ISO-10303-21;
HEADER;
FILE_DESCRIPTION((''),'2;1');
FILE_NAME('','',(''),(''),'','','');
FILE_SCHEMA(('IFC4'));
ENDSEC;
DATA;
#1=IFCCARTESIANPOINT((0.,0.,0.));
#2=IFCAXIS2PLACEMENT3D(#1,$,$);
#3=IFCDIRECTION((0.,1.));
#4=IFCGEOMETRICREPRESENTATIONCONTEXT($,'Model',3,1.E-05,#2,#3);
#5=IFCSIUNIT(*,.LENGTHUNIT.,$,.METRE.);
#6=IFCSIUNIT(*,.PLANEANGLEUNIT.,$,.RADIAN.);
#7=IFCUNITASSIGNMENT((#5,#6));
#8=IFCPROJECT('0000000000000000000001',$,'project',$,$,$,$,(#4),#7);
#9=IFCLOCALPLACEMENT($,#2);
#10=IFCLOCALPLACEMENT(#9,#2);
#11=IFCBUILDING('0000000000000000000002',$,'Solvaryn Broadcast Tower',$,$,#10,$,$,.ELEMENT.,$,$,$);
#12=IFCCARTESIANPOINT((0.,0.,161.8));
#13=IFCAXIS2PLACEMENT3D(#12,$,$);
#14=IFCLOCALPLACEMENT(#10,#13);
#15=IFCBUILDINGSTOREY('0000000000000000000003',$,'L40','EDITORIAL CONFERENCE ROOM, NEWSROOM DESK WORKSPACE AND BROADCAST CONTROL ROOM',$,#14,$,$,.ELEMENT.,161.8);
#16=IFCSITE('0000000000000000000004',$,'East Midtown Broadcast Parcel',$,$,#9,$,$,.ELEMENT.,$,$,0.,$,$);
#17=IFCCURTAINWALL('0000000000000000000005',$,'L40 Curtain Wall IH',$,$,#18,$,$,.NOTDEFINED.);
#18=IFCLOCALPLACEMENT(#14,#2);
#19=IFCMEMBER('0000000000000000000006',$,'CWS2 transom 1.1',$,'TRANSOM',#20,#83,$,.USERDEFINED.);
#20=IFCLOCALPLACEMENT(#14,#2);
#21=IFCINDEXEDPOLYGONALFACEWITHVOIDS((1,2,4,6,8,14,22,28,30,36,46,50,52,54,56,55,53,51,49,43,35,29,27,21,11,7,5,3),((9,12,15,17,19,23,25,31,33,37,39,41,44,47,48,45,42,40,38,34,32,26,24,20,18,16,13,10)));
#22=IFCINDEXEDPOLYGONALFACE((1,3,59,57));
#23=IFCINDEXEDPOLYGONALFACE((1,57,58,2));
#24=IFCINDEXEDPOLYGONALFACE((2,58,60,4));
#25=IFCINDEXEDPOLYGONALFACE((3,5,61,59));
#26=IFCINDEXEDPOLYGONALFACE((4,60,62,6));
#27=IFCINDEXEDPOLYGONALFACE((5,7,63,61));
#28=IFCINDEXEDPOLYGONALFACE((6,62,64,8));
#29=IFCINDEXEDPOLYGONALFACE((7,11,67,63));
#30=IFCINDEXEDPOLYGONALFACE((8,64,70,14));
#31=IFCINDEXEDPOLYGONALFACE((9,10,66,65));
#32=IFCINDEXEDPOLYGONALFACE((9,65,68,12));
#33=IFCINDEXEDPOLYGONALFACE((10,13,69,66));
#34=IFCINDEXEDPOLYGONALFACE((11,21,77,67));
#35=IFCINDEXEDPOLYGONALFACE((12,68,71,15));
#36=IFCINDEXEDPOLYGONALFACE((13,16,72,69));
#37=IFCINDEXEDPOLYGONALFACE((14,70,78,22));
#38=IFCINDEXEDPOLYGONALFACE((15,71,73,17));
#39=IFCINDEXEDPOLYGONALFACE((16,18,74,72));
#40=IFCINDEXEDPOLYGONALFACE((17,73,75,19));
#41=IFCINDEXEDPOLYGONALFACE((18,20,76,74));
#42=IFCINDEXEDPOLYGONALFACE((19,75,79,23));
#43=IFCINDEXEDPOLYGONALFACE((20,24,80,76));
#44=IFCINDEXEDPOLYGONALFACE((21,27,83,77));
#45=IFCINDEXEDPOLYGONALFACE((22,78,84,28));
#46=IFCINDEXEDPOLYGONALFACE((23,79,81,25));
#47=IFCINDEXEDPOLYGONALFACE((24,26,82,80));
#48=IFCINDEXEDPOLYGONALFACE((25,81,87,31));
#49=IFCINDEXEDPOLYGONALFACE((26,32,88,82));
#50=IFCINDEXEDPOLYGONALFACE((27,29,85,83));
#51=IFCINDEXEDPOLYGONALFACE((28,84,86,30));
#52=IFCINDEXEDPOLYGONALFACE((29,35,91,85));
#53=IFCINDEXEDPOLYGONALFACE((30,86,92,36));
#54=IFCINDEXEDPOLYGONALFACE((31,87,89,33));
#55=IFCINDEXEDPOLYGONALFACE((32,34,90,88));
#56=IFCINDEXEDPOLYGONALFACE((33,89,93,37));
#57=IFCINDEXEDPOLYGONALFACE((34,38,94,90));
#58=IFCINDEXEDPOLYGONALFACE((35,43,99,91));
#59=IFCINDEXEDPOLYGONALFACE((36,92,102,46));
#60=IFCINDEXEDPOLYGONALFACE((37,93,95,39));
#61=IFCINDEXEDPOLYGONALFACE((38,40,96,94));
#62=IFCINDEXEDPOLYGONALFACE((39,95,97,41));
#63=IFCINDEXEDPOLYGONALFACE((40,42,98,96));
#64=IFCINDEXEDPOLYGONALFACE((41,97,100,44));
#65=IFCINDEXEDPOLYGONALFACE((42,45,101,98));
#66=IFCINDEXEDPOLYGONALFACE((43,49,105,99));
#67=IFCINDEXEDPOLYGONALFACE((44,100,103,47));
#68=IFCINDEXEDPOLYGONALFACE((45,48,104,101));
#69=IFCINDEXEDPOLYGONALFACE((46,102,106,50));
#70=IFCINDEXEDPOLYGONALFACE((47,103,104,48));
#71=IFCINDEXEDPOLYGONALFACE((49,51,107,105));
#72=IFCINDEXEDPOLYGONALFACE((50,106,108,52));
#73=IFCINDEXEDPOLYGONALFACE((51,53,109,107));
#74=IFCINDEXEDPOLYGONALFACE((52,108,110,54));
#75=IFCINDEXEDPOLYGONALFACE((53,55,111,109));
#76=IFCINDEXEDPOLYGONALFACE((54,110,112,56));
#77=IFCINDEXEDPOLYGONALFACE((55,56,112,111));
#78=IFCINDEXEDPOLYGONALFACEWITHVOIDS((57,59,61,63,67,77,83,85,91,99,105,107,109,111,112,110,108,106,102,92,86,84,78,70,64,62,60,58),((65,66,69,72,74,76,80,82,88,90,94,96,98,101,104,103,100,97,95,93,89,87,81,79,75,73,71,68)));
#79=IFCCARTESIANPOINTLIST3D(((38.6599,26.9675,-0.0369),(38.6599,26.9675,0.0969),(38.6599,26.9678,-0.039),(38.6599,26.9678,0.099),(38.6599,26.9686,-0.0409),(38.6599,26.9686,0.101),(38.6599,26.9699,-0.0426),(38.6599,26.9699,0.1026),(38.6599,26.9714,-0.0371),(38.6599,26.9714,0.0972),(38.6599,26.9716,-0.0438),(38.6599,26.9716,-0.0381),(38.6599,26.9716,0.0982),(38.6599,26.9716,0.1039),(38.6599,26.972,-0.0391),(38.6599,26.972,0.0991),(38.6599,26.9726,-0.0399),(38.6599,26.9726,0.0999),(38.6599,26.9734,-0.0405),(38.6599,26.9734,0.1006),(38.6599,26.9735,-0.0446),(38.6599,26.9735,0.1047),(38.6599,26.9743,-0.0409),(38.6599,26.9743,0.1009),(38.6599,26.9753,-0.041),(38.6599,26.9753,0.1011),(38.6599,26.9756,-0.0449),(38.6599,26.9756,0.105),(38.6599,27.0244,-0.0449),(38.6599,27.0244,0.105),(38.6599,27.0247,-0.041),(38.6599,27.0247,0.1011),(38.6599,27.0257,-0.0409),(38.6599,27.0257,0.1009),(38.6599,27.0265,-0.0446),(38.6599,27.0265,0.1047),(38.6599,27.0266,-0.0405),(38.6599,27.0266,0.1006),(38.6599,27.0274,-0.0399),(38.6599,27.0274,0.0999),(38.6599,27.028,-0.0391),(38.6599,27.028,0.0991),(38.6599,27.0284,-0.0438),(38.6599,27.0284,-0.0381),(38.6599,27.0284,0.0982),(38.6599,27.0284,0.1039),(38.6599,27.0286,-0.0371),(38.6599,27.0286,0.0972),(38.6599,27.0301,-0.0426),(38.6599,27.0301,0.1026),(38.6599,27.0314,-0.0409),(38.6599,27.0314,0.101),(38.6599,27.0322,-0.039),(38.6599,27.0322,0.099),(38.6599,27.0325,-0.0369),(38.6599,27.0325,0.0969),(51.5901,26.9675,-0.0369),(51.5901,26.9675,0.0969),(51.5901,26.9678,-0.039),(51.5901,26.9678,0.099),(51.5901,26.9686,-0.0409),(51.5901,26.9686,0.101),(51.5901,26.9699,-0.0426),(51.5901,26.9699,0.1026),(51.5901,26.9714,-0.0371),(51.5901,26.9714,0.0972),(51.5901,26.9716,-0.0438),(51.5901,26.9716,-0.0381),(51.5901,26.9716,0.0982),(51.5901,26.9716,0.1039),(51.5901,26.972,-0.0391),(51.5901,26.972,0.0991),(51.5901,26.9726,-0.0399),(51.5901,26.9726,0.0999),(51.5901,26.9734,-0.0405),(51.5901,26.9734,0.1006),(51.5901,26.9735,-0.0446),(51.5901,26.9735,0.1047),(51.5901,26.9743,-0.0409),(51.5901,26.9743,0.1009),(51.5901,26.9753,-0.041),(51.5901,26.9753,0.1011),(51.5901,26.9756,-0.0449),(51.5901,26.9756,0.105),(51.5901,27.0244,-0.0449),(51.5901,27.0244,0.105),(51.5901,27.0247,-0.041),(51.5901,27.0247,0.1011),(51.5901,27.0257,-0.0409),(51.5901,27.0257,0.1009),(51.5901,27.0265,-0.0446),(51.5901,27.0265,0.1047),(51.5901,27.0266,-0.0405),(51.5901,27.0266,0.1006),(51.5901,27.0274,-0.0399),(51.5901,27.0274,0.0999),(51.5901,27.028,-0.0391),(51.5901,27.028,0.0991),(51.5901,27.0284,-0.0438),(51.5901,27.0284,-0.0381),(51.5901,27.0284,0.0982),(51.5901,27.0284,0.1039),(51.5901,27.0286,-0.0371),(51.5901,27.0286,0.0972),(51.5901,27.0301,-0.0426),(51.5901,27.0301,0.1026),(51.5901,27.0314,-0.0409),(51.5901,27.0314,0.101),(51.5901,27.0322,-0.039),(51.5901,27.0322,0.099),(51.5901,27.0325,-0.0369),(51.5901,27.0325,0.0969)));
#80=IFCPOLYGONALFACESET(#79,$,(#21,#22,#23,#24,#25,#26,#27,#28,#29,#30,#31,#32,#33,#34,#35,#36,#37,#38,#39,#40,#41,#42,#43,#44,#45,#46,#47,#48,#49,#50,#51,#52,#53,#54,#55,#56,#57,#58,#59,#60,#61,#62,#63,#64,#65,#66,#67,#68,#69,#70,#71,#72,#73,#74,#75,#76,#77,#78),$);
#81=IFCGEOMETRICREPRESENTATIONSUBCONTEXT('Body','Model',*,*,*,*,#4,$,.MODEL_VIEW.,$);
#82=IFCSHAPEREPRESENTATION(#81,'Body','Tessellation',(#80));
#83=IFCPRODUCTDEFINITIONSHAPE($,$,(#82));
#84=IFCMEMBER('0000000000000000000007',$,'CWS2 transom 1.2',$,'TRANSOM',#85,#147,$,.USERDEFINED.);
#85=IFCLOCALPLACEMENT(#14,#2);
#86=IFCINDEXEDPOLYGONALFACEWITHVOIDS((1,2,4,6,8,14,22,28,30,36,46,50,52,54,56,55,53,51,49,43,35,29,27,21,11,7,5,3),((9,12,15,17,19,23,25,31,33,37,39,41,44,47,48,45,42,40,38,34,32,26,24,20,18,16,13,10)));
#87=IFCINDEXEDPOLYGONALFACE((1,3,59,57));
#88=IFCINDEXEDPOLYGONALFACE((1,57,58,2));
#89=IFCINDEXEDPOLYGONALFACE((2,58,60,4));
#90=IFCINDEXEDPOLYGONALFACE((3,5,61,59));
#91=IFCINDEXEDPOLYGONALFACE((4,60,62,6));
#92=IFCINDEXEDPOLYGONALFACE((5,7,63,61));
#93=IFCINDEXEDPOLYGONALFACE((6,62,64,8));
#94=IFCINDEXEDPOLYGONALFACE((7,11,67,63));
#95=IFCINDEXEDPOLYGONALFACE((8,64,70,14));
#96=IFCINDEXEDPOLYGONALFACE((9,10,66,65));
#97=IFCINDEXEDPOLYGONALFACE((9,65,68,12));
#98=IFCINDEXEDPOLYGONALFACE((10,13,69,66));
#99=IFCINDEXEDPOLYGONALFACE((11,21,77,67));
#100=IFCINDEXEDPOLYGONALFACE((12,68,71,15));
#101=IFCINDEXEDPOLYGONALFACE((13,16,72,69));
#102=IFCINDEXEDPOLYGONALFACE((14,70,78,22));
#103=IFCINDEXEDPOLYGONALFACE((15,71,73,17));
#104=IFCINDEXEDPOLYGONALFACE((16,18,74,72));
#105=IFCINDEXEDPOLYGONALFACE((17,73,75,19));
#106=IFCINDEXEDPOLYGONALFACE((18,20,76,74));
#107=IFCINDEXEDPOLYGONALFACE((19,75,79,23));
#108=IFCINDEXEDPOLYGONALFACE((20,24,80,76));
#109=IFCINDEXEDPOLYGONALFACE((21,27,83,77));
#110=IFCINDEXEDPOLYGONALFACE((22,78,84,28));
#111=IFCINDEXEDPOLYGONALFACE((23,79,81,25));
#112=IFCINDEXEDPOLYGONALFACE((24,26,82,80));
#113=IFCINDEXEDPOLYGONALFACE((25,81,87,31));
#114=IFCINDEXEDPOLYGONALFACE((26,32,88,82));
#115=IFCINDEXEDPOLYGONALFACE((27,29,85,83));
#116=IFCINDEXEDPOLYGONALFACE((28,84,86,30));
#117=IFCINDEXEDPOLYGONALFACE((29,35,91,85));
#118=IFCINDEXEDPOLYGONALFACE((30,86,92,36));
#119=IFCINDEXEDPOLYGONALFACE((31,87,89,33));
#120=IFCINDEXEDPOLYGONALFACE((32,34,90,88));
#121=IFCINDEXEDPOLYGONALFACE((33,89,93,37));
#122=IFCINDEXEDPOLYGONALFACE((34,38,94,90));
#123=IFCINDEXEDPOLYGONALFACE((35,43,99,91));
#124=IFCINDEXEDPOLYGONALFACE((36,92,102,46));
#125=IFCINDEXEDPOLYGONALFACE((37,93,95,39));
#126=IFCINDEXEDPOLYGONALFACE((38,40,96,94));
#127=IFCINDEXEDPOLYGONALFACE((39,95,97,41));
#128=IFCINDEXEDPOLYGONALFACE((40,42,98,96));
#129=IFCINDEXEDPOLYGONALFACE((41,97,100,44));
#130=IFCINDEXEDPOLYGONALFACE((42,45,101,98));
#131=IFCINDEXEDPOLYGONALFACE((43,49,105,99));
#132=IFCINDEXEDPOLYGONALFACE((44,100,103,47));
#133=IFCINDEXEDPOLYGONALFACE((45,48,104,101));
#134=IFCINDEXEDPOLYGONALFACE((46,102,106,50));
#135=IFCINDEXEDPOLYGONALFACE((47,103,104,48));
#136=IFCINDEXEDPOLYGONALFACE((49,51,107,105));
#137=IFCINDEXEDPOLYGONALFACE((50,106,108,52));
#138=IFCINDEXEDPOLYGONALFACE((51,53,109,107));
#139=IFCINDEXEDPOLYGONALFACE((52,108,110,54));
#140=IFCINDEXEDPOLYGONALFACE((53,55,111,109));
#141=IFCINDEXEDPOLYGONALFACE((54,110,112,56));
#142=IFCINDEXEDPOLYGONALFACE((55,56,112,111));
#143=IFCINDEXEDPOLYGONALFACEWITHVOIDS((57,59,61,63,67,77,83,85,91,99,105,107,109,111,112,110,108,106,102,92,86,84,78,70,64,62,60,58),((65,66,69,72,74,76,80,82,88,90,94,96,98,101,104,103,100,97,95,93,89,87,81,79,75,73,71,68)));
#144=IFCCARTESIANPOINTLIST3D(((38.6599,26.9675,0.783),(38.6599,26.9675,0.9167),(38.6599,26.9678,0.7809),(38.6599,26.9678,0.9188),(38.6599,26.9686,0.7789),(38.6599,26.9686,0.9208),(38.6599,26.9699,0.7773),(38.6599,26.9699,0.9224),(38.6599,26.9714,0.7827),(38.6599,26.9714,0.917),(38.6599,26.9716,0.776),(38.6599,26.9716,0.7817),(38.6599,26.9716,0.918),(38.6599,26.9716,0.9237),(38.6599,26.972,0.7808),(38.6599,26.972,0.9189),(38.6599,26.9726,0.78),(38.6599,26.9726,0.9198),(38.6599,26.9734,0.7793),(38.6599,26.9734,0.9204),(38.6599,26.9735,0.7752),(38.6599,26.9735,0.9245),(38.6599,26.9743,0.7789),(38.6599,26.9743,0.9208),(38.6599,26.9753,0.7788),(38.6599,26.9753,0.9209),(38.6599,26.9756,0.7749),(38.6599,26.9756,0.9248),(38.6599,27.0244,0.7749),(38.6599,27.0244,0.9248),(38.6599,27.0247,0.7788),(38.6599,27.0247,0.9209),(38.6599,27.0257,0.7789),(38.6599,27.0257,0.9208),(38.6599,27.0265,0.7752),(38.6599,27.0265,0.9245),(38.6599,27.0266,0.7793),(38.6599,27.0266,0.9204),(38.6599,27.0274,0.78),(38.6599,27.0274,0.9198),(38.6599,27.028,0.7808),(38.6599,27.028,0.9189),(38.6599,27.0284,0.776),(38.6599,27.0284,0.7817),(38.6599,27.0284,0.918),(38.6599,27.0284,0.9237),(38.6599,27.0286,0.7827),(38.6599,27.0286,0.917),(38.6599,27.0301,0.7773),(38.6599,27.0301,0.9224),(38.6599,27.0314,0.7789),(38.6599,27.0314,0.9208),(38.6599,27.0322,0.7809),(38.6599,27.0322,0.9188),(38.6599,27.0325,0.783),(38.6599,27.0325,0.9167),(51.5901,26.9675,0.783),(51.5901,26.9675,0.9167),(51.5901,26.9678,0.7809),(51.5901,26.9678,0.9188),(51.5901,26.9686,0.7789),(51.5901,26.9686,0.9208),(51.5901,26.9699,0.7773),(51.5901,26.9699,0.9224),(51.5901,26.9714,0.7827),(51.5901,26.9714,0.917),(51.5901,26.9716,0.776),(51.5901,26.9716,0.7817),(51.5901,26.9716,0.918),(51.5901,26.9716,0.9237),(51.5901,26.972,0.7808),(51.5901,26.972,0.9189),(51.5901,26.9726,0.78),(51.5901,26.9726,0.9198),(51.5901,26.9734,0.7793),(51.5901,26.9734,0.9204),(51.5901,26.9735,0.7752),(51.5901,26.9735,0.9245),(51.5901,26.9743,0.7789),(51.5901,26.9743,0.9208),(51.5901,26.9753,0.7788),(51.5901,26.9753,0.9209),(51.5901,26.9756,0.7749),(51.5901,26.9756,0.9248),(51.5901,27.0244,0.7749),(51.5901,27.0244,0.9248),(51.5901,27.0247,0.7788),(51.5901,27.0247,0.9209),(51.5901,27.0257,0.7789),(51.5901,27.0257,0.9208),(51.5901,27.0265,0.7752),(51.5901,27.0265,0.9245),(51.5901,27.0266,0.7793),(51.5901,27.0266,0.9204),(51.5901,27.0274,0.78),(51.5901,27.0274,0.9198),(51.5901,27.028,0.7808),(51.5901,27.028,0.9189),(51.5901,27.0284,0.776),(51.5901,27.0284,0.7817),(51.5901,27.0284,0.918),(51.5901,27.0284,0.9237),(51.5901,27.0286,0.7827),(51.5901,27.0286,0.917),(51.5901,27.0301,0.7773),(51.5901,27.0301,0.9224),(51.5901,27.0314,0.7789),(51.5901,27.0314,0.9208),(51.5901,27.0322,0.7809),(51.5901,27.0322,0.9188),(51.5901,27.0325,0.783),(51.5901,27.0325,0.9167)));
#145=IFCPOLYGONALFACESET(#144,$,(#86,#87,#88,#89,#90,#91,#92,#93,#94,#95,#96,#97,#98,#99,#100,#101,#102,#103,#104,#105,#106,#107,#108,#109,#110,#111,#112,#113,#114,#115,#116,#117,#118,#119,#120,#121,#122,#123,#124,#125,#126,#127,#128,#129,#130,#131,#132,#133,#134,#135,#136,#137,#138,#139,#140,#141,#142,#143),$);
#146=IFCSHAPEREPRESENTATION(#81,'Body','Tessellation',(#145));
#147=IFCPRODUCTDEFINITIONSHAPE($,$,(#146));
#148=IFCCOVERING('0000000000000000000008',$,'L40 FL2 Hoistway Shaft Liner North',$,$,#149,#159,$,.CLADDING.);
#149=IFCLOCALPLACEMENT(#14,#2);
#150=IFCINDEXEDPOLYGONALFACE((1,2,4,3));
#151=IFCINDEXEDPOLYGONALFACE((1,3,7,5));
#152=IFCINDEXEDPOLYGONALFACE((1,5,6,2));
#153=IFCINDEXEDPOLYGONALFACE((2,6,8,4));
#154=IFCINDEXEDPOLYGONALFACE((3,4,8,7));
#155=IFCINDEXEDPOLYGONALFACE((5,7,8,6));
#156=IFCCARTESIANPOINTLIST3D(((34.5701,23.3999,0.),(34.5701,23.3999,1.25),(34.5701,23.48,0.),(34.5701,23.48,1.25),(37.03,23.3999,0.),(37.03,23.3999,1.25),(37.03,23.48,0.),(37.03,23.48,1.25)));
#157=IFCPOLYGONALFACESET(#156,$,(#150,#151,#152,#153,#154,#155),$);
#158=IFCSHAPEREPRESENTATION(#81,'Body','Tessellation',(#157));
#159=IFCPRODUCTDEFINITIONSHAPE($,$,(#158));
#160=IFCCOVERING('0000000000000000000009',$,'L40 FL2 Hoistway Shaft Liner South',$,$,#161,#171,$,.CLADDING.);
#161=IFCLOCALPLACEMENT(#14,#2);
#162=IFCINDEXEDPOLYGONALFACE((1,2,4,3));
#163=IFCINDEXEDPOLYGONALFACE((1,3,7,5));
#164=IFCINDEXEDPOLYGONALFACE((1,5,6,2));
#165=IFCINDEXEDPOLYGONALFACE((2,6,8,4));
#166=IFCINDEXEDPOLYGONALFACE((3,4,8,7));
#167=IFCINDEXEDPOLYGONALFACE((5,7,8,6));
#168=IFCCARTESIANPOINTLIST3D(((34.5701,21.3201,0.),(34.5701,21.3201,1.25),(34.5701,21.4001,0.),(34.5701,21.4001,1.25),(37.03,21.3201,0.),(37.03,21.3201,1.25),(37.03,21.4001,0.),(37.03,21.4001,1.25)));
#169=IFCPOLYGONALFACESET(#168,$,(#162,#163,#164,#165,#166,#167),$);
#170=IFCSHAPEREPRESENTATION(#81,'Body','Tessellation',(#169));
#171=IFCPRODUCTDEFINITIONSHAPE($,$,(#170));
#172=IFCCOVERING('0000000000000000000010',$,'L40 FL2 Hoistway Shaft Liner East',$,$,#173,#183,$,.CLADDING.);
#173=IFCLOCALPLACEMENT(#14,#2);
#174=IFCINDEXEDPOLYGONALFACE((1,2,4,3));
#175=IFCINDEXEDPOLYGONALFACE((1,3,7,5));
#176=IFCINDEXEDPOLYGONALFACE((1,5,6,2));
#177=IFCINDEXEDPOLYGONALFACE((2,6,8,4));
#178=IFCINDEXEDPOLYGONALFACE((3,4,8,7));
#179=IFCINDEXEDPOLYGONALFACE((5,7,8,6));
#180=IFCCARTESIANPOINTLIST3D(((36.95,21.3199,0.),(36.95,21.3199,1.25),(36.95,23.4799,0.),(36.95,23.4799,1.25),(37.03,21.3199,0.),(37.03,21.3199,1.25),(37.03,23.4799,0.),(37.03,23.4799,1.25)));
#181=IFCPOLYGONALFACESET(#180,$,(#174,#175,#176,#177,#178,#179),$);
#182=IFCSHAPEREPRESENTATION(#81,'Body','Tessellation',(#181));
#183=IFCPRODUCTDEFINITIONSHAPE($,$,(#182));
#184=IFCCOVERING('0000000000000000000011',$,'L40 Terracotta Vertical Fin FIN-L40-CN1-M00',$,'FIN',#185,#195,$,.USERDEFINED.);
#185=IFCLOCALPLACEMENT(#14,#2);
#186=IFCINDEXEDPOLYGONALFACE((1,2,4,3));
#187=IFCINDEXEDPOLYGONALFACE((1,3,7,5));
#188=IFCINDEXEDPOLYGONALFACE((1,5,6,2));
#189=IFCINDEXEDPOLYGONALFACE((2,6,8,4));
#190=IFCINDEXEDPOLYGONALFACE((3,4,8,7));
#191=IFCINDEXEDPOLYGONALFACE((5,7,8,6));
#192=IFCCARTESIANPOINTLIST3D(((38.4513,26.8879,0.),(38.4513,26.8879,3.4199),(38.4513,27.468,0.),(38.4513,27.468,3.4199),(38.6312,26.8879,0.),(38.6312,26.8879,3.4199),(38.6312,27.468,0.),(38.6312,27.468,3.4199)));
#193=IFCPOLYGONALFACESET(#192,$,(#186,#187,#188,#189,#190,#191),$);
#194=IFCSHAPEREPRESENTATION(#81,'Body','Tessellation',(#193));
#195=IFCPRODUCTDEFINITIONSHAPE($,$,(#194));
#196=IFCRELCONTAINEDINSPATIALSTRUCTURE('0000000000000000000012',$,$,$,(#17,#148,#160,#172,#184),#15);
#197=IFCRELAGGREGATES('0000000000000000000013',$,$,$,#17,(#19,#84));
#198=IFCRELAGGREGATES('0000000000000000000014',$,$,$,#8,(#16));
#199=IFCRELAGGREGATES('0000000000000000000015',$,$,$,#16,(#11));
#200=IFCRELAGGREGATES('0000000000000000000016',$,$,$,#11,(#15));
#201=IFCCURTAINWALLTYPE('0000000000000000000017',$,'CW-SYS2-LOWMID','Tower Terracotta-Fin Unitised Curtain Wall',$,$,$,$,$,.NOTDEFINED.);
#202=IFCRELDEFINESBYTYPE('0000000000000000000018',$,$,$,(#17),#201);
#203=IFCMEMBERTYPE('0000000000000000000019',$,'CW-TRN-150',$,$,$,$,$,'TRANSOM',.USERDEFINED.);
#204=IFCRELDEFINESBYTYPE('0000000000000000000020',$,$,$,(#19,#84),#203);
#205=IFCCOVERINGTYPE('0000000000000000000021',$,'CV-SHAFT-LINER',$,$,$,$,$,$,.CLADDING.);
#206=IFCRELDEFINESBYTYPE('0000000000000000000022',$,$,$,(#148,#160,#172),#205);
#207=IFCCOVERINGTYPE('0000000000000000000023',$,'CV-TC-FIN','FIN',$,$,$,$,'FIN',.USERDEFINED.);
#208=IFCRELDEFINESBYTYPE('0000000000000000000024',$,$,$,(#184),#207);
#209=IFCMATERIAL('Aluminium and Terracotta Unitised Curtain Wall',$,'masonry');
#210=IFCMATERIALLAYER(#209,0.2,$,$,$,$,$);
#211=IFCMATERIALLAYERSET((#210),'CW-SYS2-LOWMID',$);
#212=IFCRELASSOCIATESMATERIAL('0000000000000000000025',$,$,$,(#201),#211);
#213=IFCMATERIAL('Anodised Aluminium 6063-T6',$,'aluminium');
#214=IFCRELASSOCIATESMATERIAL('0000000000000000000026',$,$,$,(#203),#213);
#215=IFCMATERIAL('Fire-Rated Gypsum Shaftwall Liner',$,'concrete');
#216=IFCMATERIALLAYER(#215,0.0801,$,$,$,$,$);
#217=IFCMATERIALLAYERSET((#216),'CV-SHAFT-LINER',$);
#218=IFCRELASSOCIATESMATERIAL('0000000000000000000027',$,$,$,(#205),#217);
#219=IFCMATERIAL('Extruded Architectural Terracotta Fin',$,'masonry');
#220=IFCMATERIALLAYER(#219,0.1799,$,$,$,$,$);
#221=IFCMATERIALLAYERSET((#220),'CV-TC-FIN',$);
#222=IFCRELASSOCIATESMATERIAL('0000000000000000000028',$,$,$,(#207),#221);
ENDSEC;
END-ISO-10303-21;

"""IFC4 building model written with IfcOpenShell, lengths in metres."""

from ifc_helpers import new_model, si_unit, direction, frame, origin, origin_2d, place, context, subcontext, project, spatial, rectangle, hollow_rectangle, extrude, material, layer, layer_set, material_profile, profile_set, type_object, element, aggregate, save


model = new_model("IFC4")

# Units and contexts
model_context = context("Model", 3, precision=1e-05, world=origin(), true_north=direction((0.0, 1.0)))
body_context = subcontext(model_context, "Body", "Model", "MODEL_VIEW")
ifc_project = project(units=[si_unit("LENGTHUNIT", "METRE"), si_unit("PLANEANGLEUNIT", "RADIAN")], contexts=[model_context])

# Site, building, storey
site_placement = place(None, origin())
site = spatial("IfcSite", under=ifc_project, at=site_placement, Name="East Midtown Broadcast Parcel", CompositionType="ELEMENT", RefElevation=0.0)
building_placement = place(site_placement, origin())
building = spatial("IfcBuilding", under=site, at=building_placement, Name="Solvaryn Broadcast Tower", CompositionType="ELEMENT")
storey_placement = place(building_placement, frame((0.0, 0.0, 161.8)))
storey = spatial("IfcBuildingStorey", under=building, at=storey_placement, Name="L40", Description="EDITORIAL CONFERENCE ROOM, NEWSROOM DESK WORKSPACE AND BROADCAST CONTROL ROOM", CompositionType="ELEMENT", Elevation=161.8)

# Curtain wall
ifc_material_1 = material(Name="Aluminium and Terracotta Unitised Curtain Wall", Category="masonry")
ifc_layer_1 = layer(ifc_material_1, 0.2)
ifc_layer_set_1 = layer_set([ifc_layer_1], Name="CW-SYS2-LOWMID")
curtain_wall_type = type_object("IfcCurtainWallType", Name="CW-SYS2-LOWMID", Description="Tower Terracotta-Fin Unitised Curtain Wall", PredefinedType="NOTDEFINED", material=ifc_layer_set_1)
curtain_wall_1_placement = place(storey_placement, origin())
curtain_wall_1 = element("IfcCurtainWall", 1, at=curtain_wall_1_placement, inside=storey, type_object=curtain_wall_type, Name="L40 Curtain Wall IH", PredefinedType="NOTDEFINED")

# Members
ifc_material_2 = material(Name="Anodised Aluminium 6063-T6", Category="aluminium")
ifc_material_profile_1 = material_profile(ifc_material_2, hollow_rectangle(XDim=0.0649, YDim=0.1499, WallThickness=0.0039, InnerFilletRadius=0.0039, OuterFilletRadius=0.0081, at=origin_2d()))
ifc_profile_set_1 = profile_set([ifc_material_profile_1], Name="Anodised Aluminium 6063-T6")
member_type_1 = type_object("IfcMemberType", Name="CW-TRN-150", ElementType="TRANSOM", PredefinedType="USERDEFINED", material=ifc_profile_set_1)
member_1_placement = place(storey_placement, frame((38.6599, 27.0, 0.03), z_axis=(1.0, 0.0, 0.0), x_axis=(0.0, 1.0, 0.0)))
member_1 = element("IfcMember", 2, at=member_1_placement, type_object=member_type_1, Name="CWS2 transom 1.1", ObjectType="TRANSOM", PredefinedType="USERDEFINED", context=body_context, shape_type="SweptSolid", body=[
    extrude(hollow_rectangle(XDim=0.0649, YDim=0.1499, WallThickness=0.0039, InnerFilletRadius=0.0039, OuterFilletRadius=0.0081, at=origin_2d()), origin(), (0.0, 0.0, 1.0), 12.9302),
])
member_2_placement = place(storey_placement, frame((38.6599, 27.0, 0.8499), z_axis=(1.0, 0.0, 0.0), x_axis=(0.0, 1.0, 0.0)))
member_2 = element("IfcMember", 3, at=member_2_placement, type_object=member_type_1, Name="CWS2 transom 1.2", ObjectType="TRANSOM", PredefinedType="USERDEFINED", context=body_context, shape_type="SweptSolid", body=[
    extrude(hollow_rectangle(XDim=0.0649, YDim=0.1499, WallThickness=0.0039, InnerFilletRadius=0.0039, OuterFilletRadius=0.0081, at=origin_2d()), origin(), (0.0, 0.0, 1.0), 12.9302),
])
aggregate(curtain_wall_1, [member_1, member_2])

# Coverings
ifc_material_3 = material(Name="Fire-Rated Gypsum Shaftwall Liner", Category="concrete")
ifc_layer_2 = layer(ifc_material_3, 0.0801)
ifc_layer_set_2 = layer_set([ifc_layer_2], Name="CV-SHAFT-LINER")
covering_type_1 = type_object("IfcCoveringType", Name="CV-SHAFT-LINER", PredefinedType="CLADDING", material=ifc_layer_set_2)
for number, where, z_axis, x_axis, name in (
    (4, (35.8, 23.4399, 0.0), (0.0, 0.0, 1.0), (1.0, 0.0, 0.0), "L40 FL2 Hoistway Shaft Liner North"),
    (5, (35.8, 21.3601, 0.0), (0.0, 0.0, 1.0), (1.0, 0.0, 0.0), "L40 FL2 Hoistway Shaft Liner South"),
):
    element("IfcCovering", number, at=place(storey_placement, frame(where, z_axis=z_axis, x_axis=x_axis)), inside=storey, type_object=covering_type_1, Name=name, PredefinedType="CLADDING", context=body_context, shape_type="SweptSolid", body=[
        extrude(rectangle(XDim=2.46, YDim=0.0801, at=origin_2d()), origin(), (0.0, 0.0, 1.0), 1.25),
    ])
covering_placement = place(storey_placement, frame((36.99, 22.3999, 0.0), z_axis=(0.0, 0.0, 1.0), x_axis=(1.0, 0.0, 0.0)))
element("IfcCovering", 6, at=covering_placement, inside=storey, type_object=covering_type_1, Name="L40 FL2 Hoistway Shaft Liner East", PredefinedType="CLADDING", context=body_context, shape_type="SweptSolid", body=[
    extrude(rectangle(XDim=0.0801, YDim=2.1599, at=origin_2d()), origin(), (0.0, 0.0, 1.0), 1.25),
])
ifc_material_4 = material(Name="Extruded Architectural Terracotta Fin", Category="masonry")
ifc_layer_3 = layer(ifc_material_4, 0.1799)
ifc_layer_set_3 = layer_set([ifc_layer_3], Name="CV-TC-FIN")
covering_type_2 = type_object("IfcCoveringType", Name="CV-TC-FIN", Description="FIN", ElementType="FIN", PredefinedType="USERDEFINED", material=ifc_layer_set_3)
for number, where, z_axis, x_axis, name in (
    (7, (38.5413, 27.178, 0.0), (0.0, 0.0, 1.0), (1.0, 0.0, 0.0), "L40 Terracotta Vertical Fin FIN-L40-CN1-M00"),
):
    element("IfcCovering", number, at=place(storey_placement, frame(where, z_axis=z_axis, x_axis=x_axis)), inside=storey, type_object=covering_type_2, Name=name, ObjectType="FIN", PredefinedType="USERDEFINED", context=body_context, shape_type="SweptSolid", body=[
        extrude(rectangle(XDim=0.1799, YDim=0.5801, at=origin_2d()), origin(), (0.0, 0.0, 1.0), 3.4199),
    ])

save(model, "model.ifc")
